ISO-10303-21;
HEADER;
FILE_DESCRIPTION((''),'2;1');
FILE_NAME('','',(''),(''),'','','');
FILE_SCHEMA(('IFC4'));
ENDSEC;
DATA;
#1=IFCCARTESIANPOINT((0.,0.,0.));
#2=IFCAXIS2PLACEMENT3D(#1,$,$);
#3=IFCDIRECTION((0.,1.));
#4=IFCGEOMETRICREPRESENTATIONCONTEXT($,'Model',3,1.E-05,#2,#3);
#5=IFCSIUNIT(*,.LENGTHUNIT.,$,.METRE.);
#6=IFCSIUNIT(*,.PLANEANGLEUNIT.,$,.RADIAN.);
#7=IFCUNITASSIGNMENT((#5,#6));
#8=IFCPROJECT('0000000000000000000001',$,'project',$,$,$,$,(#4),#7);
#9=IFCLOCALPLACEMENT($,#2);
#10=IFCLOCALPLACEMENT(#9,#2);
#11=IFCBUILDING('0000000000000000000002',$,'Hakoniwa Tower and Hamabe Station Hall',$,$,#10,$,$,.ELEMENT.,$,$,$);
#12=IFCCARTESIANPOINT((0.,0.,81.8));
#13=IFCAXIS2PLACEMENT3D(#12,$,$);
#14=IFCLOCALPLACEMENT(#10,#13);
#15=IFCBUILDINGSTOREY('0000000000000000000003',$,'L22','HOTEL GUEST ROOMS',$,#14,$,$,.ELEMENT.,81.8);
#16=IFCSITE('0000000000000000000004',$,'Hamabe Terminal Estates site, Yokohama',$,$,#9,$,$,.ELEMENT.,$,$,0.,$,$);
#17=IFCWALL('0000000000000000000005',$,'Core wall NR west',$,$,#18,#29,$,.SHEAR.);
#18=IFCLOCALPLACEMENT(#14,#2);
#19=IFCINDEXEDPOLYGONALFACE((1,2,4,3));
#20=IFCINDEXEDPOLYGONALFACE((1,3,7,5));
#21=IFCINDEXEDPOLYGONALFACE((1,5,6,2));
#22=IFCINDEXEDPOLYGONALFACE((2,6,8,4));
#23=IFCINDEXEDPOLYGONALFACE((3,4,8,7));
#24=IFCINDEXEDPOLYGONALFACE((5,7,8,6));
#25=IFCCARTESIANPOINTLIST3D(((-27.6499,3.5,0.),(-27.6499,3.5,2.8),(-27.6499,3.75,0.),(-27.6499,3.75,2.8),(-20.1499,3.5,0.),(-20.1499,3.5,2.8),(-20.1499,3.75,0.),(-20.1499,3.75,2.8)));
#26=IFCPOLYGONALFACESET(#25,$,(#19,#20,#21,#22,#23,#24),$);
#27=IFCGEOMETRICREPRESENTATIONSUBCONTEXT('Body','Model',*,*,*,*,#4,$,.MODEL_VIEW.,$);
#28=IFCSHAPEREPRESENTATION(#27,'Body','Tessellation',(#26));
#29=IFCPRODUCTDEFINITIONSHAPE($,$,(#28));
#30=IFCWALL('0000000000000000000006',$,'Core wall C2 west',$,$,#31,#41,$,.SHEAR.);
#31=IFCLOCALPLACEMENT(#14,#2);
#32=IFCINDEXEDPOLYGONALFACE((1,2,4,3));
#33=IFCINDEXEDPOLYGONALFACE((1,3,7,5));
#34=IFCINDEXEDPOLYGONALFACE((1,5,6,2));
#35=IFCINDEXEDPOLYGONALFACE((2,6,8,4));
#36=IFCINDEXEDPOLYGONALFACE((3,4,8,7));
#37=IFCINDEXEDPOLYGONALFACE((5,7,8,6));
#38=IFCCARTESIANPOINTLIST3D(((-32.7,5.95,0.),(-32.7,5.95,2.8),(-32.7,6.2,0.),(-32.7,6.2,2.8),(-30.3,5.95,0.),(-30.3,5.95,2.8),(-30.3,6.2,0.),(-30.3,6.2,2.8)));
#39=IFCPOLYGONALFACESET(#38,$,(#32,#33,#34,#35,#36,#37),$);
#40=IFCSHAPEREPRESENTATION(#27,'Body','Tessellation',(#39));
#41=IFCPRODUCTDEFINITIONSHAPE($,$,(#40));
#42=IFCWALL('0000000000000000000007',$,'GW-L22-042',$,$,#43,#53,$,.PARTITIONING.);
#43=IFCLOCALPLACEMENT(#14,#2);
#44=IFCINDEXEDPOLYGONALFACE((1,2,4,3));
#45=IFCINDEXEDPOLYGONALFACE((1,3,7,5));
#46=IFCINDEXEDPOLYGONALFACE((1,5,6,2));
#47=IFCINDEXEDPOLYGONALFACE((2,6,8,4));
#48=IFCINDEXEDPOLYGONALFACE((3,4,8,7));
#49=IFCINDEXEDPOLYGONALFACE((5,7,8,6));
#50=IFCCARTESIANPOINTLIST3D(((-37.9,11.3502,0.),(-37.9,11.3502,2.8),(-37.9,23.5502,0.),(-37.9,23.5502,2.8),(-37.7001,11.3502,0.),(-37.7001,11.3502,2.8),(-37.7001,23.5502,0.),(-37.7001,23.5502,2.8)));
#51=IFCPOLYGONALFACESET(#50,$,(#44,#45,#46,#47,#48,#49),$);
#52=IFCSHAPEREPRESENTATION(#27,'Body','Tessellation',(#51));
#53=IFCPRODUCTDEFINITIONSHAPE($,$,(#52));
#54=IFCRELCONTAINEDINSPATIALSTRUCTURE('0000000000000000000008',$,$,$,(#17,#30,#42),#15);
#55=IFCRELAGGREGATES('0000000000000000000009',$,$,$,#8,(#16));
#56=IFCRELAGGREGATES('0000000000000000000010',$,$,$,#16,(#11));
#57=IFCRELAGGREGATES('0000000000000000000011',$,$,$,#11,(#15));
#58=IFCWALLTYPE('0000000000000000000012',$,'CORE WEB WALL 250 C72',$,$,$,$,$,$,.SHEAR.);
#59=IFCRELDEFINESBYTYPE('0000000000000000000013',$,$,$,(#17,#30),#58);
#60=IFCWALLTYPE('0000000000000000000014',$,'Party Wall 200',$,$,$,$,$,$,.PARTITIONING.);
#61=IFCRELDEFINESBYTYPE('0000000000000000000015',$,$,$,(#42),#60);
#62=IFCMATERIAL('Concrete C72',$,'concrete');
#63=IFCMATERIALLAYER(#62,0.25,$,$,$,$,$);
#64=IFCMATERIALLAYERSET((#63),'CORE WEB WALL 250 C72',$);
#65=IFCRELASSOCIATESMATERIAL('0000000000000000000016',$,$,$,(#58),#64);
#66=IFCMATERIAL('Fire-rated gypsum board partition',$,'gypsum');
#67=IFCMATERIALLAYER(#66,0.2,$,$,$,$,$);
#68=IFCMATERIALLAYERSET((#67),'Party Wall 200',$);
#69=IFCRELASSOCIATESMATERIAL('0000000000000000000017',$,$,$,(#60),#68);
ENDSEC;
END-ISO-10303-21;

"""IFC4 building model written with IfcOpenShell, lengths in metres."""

from ifc_helpers import new_model, si_unit, direction, frame, frame_2d, origin, place, context, subcontext, project, spatial, rectangle, extrude, material, layer, layer_set, type_object, element, save


model = new_model("IFC4")

# Units and contexts
model_context = context("Model", 3, precision=1e-05, world=origin(), true_north=direction((0.0, 1.0)))
body_context = subcontext(model_context, "Body", "Model", "MODEL_VIEW")
ifc_project = project(units=[si_unit("LENGTHUNIT", "METRE"), si_unit("PLANEANGLEUNIT", "RADIAN")], contexts=[model_context])

# Site, building, storey
site_placement = place(None, origin())
site = spatial("IfcSite", under=ifc_project, at=site_placement, Name="Hamabe Terminal Estates site, Yokohama", CompositionType="ELEMENT", RefElevation=0.0)
building_placement = place(site_placement, origin())
building = spatial("IfcBuilding", under=site, at=building_placement, Name="Hakoniwa Tower and Hamabe Station Hall", CompositionType="ELEMENT")
storey_placement = place(building_placement, frame((0.0, 0.0, 81.8)))
storey = spatial("IfcBuildingStorey", under=building, at=storey_placement, Name="L22", Description="HOTEL GUEST ROOMS", CompositionType="ELEMENT", Elevation=81.8)

# Walls
ifc_material_1 = material(Name="Concrete C72", Category="concrete")
ifc_layer_1 = layer(ifc_material_1, 0.25)
ifc_layer_set_1 = layer_set([ifc_layer_1], Name="CORE WEB WALL 250 C72")
wall_type_1 = type_object("IfcWallType", Name="CORE WEB WALL 250 C72", PredefinedType="SHEAR", material=ifc_layer_set_1)
wall_1_placement = place(storey_placement, frame((-27.6499, 3.625, 0.0), z_axis=(0.0, 0.0, 1.0), x_axis=(1.0, 0.0, 0.0)))
element("IfcWall", 1, at=wall_1_placement, inside=storey, type_object=wall_type_1, Name="Core wall NR west", PredefinedType="SHEAR", context=body_context, shape_type="SweptSolid", body=[
    extrude(rectangle(XDim=7.5, YDim=0.25, at=frame_2d((3.75, 0.0))), origin(), (0.0, 0.0, 1.0), 2.8),
])
wall_2_placement = place(storey_placement, frame((-32.7, 6.075, 0.0), z_axis=(0.0, 0.0, 1.0), x_axis=(1.0, 0.0, 0.0)))
element("IfcWall", 2, at=wall_2_placement, inside=storey, type_object=wall_type_1, Name="Core wall C2 west", PredefinedType="SHEAR", context=body_context, shape_type="SweptSolid", body=[
    extrude(rectangle(XDim=2.3999, YDim=0.25, at=frame_2d((1.2, 0.0))), origin(), (0.0, 0.0, 1.0), 2.8),
])
ifc_material_2 = material(Name="Fire-rated gypsum board partition", Category="gypsum")
ifc_layer_2 = layer(ifc_material_2, 0.2)
ifc_layer_set_2 = layer_set([ifc_layer_2], Name="Party Wall 200")
wall_type_2 = type_object("IfcWallType", Name="Party Wall 200", PredefinedType="PARTITIONING", material=ifc_layer_set_2)
wall_3_placement = place(storey_placement, frame((-37.8, 11.3501, 0.0), z_axis=(0.0, 0.0, 1.0), x_axis=(0.0, 1.0, 0.0)))
element("IfcWall", 3, at=wall_3_placement, inside=storey, type_object=wall_type_2, Name="GW-L22-042", PredefinedType="PARTITIONING", context=body_context, shape_type="SweptSolid", body=[
    extrude(rectangle(XDim=12.2, YDim=0.2, at=frame_2d((6.1001, 0.0))), origin(), (0.0, 0.0, 1.0), 2.8),
])

save(model, "model.ifc")
